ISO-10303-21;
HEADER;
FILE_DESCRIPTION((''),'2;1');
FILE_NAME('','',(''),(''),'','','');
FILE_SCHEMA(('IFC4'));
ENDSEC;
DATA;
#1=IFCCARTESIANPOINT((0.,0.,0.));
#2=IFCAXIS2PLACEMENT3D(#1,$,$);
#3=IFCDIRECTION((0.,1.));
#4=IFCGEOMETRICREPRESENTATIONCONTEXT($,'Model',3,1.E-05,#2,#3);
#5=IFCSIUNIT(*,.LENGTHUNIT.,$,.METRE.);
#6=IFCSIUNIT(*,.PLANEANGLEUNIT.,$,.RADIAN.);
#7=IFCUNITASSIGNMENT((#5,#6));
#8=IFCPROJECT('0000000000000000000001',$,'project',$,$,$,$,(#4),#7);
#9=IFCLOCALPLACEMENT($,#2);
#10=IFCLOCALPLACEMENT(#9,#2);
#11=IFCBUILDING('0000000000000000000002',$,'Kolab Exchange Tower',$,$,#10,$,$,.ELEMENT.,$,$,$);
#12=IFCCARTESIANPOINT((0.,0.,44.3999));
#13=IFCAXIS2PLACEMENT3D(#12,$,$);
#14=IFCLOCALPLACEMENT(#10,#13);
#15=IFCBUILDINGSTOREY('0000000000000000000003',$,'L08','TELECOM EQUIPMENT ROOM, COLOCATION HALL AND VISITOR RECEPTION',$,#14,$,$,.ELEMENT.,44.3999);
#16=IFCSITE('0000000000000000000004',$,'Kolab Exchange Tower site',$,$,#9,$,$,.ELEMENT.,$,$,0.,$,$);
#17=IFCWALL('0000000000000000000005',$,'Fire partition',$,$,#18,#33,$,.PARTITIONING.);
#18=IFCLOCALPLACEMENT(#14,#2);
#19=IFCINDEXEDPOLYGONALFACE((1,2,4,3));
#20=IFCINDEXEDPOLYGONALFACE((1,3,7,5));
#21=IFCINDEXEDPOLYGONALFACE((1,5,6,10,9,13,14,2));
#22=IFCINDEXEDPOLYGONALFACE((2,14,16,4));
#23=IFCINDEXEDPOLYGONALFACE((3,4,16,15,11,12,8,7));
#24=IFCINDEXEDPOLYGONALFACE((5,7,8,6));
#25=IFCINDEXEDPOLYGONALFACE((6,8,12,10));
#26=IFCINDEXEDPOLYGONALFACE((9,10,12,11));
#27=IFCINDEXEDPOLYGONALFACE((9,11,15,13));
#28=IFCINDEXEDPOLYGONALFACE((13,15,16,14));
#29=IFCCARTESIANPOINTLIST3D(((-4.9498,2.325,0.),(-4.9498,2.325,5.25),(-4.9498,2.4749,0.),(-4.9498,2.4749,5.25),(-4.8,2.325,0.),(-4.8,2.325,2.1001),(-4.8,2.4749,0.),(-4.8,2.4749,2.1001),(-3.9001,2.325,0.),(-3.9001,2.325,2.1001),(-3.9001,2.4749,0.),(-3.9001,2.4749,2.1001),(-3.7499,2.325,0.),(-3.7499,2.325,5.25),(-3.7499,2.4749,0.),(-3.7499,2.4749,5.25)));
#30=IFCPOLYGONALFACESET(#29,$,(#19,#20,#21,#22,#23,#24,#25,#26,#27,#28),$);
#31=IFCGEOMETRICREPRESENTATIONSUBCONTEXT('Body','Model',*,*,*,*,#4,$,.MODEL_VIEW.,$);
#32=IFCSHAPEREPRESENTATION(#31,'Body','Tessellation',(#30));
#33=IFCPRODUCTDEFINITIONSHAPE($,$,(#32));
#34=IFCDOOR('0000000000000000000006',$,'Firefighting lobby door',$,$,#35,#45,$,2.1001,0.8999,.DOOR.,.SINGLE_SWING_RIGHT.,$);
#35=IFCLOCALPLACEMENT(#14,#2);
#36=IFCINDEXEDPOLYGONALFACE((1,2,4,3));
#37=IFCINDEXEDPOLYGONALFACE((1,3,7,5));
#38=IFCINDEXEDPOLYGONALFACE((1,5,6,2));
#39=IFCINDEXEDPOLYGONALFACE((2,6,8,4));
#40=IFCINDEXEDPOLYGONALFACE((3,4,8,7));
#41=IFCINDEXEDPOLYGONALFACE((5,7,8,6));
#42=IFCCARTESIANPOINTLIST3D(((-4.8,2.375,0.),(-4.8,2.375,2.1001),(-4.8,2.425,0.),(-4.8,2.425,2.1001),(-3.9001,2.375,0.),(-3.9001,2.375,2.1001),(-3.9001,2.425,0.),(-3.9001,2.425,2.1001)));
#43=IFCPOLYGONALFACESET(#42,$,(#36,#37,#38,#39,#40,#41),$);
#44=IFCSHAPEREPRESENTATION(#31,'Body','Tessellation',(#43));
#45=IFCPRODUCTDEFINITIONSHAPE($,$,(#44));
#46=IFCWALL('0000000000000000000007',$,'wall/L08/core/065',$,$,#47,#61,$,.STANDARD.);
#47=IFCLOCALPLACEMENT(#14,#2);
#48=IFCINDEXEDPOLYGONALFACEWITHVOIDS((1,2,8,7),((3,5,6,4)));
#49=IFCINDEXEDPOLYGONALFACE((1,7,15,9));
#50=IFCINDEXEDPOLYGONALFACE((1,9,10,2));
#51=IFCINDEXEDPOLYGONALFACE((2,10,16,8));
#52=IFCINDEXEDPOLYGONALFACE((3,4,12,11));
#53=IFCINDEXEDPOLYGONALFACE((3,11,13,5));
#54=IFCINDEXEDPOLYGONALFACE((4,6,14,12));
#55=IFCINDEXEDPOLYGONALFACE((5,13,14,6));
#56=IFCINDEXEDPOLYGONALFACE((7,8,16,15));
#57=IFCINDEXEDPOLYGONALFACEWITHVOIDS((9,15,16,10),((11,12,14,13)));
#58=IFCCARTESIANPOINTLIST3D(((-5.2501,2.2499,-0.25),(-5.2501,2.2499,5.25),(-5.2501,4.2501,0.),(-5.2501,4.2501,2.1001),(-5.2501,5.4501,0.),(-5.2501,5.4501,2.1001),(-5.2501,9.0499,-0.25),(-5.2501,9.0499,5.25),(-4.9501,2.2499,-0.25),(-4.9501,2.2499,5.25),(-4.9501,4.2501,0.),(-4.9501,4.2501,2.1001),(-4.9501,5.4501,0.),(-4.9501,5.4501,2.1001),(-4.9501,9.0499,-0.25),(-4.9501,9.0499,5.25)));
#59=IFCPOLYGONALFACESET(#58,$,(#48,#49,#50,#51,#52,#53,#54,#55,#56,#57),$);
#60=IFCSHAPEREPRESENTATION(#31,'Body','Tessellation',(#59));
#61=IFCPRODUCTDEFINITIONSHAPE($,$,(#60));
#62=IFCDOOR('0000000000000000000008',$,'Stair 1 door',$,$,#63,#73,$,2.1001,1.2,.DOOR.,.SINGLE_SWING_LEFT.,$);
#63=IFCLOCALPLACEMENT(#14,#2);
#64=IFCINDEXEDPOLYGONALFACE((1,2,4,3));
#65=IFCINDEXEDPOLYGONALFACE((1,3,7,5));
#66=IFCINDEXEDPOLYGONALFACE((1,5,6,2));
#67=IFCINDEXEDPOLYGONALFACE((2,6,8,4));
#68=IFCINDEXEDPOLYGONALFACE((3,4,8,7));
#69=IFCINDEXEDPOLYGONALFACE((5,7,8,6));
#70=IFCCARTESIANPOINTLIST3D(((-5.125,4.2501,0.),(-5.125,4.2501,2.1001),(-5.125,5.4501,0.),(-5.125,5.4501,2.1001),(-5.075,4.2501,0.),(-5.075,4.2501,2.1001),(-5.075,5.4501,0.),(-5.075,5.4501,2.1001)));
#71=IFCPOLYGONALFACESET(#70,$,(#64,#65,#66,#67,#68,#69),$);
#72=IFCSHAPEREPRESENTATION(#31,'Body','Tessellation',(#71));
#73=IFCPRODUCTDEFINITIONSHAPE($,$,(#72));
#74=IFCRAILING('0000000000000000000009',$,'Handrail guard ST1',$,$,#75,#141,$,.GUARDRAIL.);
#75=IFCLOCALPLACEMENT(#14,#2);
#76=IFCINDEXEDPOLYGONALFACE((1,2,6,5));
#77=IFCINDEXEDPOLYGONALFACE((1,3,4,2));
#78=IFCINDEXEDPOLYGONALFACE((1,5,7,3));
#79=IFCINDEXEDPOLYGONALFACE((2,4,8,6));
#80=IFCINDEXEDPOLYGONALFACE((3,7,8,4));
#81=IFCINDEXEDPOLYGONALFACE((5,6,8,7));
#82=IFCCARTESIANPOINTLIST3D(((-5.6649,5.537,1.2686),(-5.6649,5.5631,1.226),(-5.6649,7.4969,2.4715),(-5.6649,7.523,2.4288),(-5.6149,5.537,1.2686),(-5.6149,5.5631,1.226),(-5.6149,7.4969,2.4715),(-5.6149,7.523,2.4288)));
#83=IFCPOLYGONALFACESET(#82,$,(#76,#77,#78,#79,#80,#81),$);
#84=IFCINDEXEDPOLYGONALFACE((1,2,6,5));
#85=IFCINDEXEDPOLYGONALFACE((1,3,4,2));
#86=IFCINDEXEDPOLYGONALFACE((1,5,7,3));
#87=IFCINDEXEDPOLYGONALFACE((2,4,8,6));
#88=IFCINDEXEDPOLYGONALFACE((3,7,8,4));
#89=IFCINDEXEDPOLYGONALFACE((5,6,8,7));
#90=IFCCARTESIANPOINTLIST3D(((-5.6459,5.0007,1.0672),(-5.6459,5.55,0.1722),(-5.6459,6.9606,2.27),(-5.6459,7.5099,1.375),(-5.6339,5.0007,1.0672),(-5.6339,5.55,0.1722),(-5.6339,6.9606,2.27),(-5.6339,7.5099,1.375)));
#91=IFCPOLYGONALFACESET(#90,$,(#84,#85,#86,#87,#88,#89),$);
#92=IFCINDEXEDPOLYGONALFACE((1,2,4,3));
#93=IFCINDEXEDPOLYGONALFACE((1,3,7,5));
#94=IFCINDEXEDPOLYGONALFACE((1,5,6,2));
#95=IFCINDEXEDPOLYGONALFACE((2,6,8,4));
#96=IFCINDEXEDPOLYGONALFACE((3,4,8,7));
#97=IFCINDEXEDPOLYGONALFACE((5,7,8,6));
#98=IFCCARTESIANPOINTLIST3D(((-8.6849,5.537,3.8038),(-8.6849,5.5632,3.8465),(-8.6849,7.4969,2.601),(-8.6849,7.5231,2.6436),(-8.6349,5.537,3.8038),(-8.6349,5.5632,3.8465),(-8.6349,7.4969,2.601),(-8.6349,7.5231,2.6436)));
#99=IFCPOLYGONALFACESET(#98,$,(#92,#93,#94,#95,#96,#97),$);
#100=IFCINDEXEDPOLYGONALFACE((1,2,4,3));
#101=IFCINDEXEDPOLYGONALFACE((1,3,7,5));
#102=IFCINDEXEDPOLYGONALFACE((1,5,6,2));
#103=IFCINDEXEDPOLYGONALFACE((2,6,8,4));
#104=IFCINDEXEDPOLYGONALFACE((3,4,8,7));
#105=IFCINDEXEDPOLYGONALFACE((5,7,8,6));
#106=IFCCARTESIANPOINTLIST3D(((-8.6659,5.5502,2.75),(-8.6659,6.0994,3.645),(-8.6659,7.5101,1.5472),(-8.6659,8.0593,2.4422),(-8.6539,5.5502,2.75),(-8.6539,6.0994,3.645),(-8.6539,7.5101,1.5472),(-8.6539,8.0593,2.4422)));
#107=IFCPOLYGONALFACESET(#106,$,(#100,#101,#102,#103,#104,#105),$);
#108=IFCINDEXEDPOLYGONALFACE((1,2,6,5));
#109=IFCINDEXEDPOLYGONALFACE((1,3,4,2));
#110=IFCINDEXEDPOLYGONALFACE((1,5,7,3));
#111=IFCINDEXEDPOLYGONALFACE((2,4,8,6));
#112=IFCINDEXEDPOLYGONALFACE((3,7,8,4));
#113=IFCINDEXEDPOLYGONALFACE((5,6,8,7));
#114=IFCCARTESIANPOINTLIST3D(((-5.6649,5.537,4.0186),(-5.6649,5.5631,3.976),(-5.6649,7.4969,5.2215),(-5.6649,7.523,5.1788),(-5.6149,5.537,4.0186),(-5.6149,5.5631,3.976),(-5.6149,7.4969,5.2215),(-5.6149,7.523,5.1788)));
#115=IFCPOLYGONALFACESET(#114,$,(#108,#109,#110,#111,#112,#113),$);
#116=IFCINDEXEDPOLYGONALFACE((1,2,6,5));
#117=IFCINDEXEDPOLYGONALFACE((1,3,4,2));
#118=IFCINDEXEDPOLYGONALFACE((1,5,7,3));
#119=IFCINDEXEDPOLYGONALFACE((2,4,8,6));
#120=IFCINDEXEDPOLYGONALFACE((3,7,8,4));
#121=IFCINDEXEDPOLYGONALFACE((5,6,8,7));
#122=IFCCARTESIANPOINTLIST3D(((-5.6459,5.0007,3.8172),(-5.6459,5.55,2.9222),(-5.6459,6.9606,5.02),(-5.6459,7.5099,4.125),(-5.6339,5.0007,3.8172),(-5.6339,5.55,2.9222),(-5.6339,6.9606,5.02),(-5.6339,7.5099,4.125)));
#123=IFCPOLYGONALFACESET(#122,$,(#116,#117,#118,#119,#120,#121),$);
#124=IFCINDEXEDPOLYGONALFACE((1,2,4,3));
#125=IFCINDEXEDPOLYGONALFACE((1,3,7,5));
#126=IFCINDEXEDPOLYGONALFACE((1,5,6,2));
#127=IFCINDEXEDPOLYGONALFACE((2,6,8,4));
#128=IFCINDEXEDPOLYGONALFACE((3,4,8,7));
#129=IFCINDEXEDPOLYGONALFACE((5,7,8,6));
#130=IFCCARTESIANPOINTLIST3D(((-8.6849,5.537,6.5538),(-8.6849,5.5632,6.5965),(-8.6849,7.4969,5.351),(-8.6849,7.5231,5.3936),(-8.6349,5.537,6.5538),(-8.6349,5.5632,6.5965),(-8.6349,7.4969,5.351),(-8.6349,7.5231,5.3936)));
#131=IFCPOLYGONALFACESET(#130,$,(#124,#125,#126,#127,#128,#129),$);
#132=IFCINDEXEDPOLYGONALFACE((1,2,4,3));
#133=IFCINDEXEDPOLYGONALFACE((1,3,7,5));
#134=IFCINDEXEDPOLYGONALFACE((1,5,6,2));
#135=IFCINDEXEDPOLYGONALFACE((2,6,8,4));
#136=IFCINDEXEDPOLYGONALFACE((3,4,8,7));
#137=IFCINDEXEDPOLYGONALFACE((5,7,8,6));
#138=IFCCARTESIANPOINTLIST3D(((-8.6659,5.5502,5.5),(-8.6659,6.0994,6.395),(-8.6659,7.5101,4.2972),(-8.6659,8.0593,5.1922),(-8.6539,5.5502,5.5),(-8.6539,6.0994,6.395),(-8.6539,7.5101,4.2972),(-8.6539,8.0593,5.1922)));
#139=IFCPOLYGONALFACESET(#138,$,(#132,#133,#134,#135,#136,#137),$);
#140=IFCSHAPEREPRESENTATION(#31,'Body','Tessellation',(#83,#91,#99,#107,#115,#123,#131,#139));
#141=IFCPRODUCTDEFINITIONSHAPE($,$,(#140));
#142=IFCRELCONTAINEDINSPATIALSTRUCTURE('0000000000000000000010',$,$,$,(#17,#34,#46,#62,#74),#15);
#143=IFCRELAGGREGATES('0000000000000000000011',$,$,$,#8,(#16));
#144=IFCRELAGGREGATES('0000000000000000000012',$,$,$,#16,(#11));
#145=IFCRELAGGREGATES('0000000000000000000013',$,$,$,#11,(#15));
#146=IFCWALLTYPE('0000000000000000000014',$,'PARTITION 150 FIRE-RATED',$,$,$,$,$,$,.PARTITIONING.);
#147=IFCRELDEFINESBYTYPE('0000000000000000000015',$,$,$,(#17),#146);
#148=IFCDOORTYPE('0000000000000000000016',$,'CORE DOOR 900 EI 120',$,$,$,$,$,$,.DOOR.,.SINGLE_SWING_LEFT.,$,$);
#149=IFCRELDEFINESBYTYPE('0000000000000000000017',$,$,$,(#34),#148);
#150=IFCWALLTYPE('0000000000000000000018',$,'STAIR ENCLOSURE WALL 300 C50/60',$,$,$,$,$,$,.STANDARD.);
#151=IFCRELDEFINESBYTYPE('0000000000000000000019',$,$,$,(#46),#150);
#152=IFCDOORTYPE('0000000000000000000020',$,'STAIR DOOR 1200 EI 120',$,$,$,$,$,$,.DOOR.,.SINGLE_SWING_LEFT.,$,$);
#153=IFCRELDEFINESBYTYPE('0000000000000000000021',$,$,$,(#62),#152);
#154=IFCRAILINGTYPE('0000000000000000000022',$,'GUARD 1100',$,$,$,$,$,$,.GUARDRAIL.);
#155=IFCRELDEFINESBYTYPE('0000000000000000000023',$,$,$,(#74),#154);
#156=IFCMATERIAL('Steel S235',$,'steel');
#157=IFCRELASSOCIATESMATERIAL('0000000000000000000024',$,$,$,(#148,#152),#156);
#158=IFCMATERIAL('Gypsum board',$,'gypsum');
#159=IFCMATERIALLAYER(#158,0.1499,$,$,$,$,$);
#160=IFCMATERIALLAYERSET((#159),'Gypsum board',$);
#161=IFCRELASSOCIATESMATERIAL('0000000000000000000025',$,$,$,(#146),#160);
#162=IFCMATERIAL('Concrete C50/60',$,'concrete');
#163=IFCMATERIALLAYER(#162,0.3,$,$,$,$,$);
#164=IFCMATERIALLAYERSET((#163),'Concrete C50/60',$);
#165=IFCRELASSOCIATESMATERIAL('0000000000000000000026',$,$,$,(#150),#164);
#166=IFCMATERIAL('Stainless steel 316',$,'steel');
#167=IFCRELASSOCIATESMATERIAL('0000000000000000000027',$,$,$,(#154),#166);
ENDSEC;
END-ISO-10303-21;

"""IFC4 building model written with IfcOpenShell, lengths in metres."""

from ifc_helpers import new_model, si_unit, direction, frame, frame_2d, origin, origin_2d, place, context, subcontext, project, spatial, rectangle, extrude, material, layer, layer_set, type_object, element, fill, save


model = new_model("IFC4")

# Units and contexts
model_context = context("Model", 3, precision=1e-05, world=origin(), true_north=direction((0.0, 1.0)))
body_context = subcontext(model_context, "Body", "Model", "MODEL_VIEW")
ifc_project = project(units=[si_unit("LENGTHUNIT", "METRE"), si_unit("PLANEANGLEUNIT", "RADIAN")], contexts=[model_context])

# Site, building, storey
site_placement = place(None, origin())
site = spatial("IfcSite", under=ifc_project, at=site_placement, Name="Kolab Exchange Tower site", CompositionType="ELEMENT", RefElevation=0.0)
building_placement = place(site_placement, origin())
building = spatial("IfcBuilding", under=site, at=building_placement, Name="Kolab Exchange Tower", CompositionType="ELEMENT")
storey_placement = place(building_placement, frame((0.0, 0.0, 44.3999)))
storey = spatial("IfcBuildingStorey", under=building, at=storey_placement, Name="L08", Description="TELECOM EQUIPMENT ROOM, COLOCATION HALL AND VISITOR RECEPTION", CompositionType="ELEMENT", Elevation=44.3999)

# Shared definitions
ifc_material_1 = material(Name="Steel S235", Category="steel")
door_type_1 = type_object("IfcDoorType", Name="CORE DOOR 900 EI 120", OperationType="SINGLE_SWING_LEFT", PredefinedType="DOOR", material=ifc_material_1)

# Shared definitions
ifc_material_2 = material(Name="Concrete C50/60", Category="concrete")

# Walls, openings, doors
ifc_material_3 = material(Name="Gypsum board", Category="gypsum")
ifc_layer_1 = layer(ifc_material_3, 0.1499)
ifc_layer_set_1 = layer_set([ifc_layer_1], Name="Gypsum board")
wall_type_1 = type_object("IfcWallType", Name="PARTITION 150 FIRE-RATED", PredefinedType="PARTITIONING", material=ifc_layer_set_1)
wall_1_placement = place(storey_placement, frame((-4.95, 2.3999, 0.0), z_axis=(0.0, 0.0, 1.0), x_axis=(1.0, 0.0, 0.0)))
wall_1 = element("IfcWall", 1, at=wall_1_placement, inside=storey, type_object=wall_type_1, Name="Fire partition", PredefinedType="PARTITIONING", context=body_context, shape_type="SweptSolid", body=[
    extrude(rectangle(XDim=1.2, YDim=0.1499, at=frame_2d((0.6001, 0.0))), origin(), (0.0, 0.0, 1.0), 5.25),
])
opening_1_placement = place(wall_1_placement, frame((0.1499, 0.0, 0.0)))
opening_1 = element("IfcOpeningElement", 2, at=opening_1_placement, cuts=wall_1, PredefinedType="OPENING", context=body_context, shape_type="SweptSolid", body=[
    extrude(rectangle(XDim=0.8999, YDim=2.1001, at=frame_2d((0.45, 1.05))), frame((0.0, 0.085, 0.0), z_axis=(0.0, -1.0, 0.0), x_axis=(1.0, 0.0, 0.0)), (0.0, 0.0, 1.0), 0.1699),
])
door_1_placement = place(opening_1_placement, frame((0.8999, 0.0, 0.0), z_axis=(0.0, 0.0, 1.0), x_axis=(-1.0, 0.0, 0.0)))
door_1 = element("IfcDoor", 3, at=door_1_placement, inside=storey, type_object=door_type_1, Name="Firefighting lobby door", OperationType="SINGLE_SWING_RIGHT", OverallHeight=2.1001, OverallWidth=0.8999, PredefinedType="DOOR", context=body_context, shape_type="SweptSolid", body=[
    extrude(rectangle(XDim=0.8999, YDim=2.1001, at=frame_2d((0.45, 1.05))), frame((0.0, 0.0249, 0.0), z_axis=(0.0, -1.0, 0.0), x_axis=(1.0, 0.0, 0.0)), (0.0, 0.0, 1.0), 0.05),
])
fill(opening_1, door_1)
ifc_layer_2 = layer(ifc_material_2, 0.3)
ifc_layer_set_2 = layer_set([ifc_layer_2], Name="Concrete C50/60")
wall_type_2 = type_object("IfcWallType", Name="STAIR ENCLOSURE WALL 300 C50/60", PredefinedType="STANDARD", material=ifc_layer_set_2)
wall_2_placement = place(storey_placement, frame((-5.1001, 2.25, -0.25), z_axis=(0.0, 0.0, 1.0), x_axis=(0.0, 1.0, 0.0)))
wall_2 = element("IfcWall", 4, at=wall_2_placement, inside=storey, type_object=wall_type_2, Name="wall/L08/core/065", PredefinedType="STANDARD", context=body_context, shape_type="SweptSolid", body=[
    extrude(rectangle(XDim=6.8, YDim=0.3, at=frame_2d((3.3999, 0.0))), origin(), (0.0, 0.0, 1.0), 5.5),
])
opening_2_placement = place(wall_2_placement, frame((2.0, 0.0, 0.25)))
opening_2 = element("IfcOpeningElement", 5, at=opening_2_placement, cuts=wall_2, PredefinedType="OPENING", context=body_context, shape_type="SweptSolid", body=[
    extrude(rectangle(XDim=1.2, YDim=2.1001, at=frame_2d((0.6001, 1.05))), frame((0.0, 0.1602, 0.0), z_axis=(0.0, -1.0, 0.0), x_axis=(1.0, 0.0, 0.0)), (0.0, 0.0, 1.0), 0.3201),
])
door_type_2 = type_object("IfcDoorType", Name="STAIR DOOR 1200 EI 120", OperationType="SINGLE_SWING_LEFT", PredefinedType="DOOR", material=ifc_material_1)
door_2_placement = place(opening_2_placement, origin())
door_2 = element("IfcDoor", 6, at=door_2_placement, inside=storey, type_object=door_type_2, Name="Stair 1 door", OperationType="SINGLE_SWING_LEFT", OverallHeight=2.1001, OverallWidth=1.2, PredefinedType="DOOR", context=body_context, shape_type="SweptSolid", body=[
    extrude(rectangle(XDim=1.2, YDim=2.1001, at=frame_2d((0.6001, 1.05))), frame((0.0, 0.0249, 0.0), z_axis=(0.0, -1.0, 0.0), x_axis=(1.0, 0.0, 0.0)), (0.0, 0.0, 1.0), 0.05),
])
fill(opening_2, door_2)

# Railing
ifc_material_4 = material(Name="Stainless steel 316", Category="steel")
railing_type = type_object("IfcRailingType", Name="GUARD 1100", PredefinedType="GUARDRAIL", material=ifc_material_4)
railing_placement = place(storey_placement, frame((-5.6399, 5.55, 0.1721)))
element("IfcRailing", 7, at=railing_placement, inside=storey, type_object=railing_type, Name="Handrail guard ST1", PredefinedType="GUARDRAIL", context=body_context, shape_type="SweptSolid", body=[
    extrude(rectangle(XDim=0.05, YDim=0.05, at=origin_2d()), frame((0.0, 0.0, 1.0752), z_axis=(0.0, 0.852288, 0.523072), x_axis=(-1.0, 0.0, 0.0)), (0.0, 0.0, 1.0), 2.2996),
    extrude(rectangle(XDim=0.012, YDim=1.0501, at=frame_2d((0.0, 0.5251))), frame((0.0, 0.0, 0.0), z_axis=(0.0, 0.852288, 0.523072), x_axis=(-1.0, 0.0, 0.0)), (0.0, 0.0, 1.0), 2.2996),
    extrude(rectangle(XDim=0.05, YDim=0.05, at=origin_2d()), frame((-3.02, 1.96, 2.4502), z_axis=(0.0, -0.852288, 0.523072), x_axis=(1.0, 0.0, 0.0)), (0.0, 0.0, 1.0), 2.2996),
    extrude(rectangle(XDim=0.012, YDim=1.0501, at=frame_2d((0.0, 0.5251))), frame((-3.02, 1.96, 1.375), z_axis=(0.0, -0.852288, 0.523072), x_axis=(1.0, 0.0, 0.0)), (0.0, 0.0, 1.0), 2.2996),
    extrude(rectangle(XDim=0.05, YDim=0.05, at=origin_2d()), frame((0.0, 0.0, 3.8252), z_axis=(0.0, 0.852288, 0.523072), x_axis=(-1.0, 0.0, 0.0)), (0.0, 0.0, 1.0), 2.2996),
    extrude(rectangle(XDim=0.012, YDim=1.0501, at=frame_2d((0.0, 0.5251))), frame((0.0, 0.0, 2.75), z_axis=(0.0, 0.852288, 0.523072), x_axis=(-1.0, 0.0, 0.0)), (0.0, 0.0, 1.0), 2.2996),
    extrude(rectangle(XDim=0.05, YDim=0.05, at=origin_2d()), frame((-3.02, 1.96, 5.2002), z_axis=(0.0, -0.852288, 0.523072), x_axis=(1.0, 0.0, 0.0)), (0.0, 0.0, 1.0), 2.2996),
    extrude(rectangle(XDim=0.012, YDim=1.0501, at=frame_2d((0.0, 0.5251))), frame((-3.02, 1.96, 4.125), z_axis=(0.0, -0.852288, 0.523072), x_axis=(1.0, 0.0, 0.0)), (0.0, 0.0, 1.0), 2.2996),
])

save(model, "model.ifc")
